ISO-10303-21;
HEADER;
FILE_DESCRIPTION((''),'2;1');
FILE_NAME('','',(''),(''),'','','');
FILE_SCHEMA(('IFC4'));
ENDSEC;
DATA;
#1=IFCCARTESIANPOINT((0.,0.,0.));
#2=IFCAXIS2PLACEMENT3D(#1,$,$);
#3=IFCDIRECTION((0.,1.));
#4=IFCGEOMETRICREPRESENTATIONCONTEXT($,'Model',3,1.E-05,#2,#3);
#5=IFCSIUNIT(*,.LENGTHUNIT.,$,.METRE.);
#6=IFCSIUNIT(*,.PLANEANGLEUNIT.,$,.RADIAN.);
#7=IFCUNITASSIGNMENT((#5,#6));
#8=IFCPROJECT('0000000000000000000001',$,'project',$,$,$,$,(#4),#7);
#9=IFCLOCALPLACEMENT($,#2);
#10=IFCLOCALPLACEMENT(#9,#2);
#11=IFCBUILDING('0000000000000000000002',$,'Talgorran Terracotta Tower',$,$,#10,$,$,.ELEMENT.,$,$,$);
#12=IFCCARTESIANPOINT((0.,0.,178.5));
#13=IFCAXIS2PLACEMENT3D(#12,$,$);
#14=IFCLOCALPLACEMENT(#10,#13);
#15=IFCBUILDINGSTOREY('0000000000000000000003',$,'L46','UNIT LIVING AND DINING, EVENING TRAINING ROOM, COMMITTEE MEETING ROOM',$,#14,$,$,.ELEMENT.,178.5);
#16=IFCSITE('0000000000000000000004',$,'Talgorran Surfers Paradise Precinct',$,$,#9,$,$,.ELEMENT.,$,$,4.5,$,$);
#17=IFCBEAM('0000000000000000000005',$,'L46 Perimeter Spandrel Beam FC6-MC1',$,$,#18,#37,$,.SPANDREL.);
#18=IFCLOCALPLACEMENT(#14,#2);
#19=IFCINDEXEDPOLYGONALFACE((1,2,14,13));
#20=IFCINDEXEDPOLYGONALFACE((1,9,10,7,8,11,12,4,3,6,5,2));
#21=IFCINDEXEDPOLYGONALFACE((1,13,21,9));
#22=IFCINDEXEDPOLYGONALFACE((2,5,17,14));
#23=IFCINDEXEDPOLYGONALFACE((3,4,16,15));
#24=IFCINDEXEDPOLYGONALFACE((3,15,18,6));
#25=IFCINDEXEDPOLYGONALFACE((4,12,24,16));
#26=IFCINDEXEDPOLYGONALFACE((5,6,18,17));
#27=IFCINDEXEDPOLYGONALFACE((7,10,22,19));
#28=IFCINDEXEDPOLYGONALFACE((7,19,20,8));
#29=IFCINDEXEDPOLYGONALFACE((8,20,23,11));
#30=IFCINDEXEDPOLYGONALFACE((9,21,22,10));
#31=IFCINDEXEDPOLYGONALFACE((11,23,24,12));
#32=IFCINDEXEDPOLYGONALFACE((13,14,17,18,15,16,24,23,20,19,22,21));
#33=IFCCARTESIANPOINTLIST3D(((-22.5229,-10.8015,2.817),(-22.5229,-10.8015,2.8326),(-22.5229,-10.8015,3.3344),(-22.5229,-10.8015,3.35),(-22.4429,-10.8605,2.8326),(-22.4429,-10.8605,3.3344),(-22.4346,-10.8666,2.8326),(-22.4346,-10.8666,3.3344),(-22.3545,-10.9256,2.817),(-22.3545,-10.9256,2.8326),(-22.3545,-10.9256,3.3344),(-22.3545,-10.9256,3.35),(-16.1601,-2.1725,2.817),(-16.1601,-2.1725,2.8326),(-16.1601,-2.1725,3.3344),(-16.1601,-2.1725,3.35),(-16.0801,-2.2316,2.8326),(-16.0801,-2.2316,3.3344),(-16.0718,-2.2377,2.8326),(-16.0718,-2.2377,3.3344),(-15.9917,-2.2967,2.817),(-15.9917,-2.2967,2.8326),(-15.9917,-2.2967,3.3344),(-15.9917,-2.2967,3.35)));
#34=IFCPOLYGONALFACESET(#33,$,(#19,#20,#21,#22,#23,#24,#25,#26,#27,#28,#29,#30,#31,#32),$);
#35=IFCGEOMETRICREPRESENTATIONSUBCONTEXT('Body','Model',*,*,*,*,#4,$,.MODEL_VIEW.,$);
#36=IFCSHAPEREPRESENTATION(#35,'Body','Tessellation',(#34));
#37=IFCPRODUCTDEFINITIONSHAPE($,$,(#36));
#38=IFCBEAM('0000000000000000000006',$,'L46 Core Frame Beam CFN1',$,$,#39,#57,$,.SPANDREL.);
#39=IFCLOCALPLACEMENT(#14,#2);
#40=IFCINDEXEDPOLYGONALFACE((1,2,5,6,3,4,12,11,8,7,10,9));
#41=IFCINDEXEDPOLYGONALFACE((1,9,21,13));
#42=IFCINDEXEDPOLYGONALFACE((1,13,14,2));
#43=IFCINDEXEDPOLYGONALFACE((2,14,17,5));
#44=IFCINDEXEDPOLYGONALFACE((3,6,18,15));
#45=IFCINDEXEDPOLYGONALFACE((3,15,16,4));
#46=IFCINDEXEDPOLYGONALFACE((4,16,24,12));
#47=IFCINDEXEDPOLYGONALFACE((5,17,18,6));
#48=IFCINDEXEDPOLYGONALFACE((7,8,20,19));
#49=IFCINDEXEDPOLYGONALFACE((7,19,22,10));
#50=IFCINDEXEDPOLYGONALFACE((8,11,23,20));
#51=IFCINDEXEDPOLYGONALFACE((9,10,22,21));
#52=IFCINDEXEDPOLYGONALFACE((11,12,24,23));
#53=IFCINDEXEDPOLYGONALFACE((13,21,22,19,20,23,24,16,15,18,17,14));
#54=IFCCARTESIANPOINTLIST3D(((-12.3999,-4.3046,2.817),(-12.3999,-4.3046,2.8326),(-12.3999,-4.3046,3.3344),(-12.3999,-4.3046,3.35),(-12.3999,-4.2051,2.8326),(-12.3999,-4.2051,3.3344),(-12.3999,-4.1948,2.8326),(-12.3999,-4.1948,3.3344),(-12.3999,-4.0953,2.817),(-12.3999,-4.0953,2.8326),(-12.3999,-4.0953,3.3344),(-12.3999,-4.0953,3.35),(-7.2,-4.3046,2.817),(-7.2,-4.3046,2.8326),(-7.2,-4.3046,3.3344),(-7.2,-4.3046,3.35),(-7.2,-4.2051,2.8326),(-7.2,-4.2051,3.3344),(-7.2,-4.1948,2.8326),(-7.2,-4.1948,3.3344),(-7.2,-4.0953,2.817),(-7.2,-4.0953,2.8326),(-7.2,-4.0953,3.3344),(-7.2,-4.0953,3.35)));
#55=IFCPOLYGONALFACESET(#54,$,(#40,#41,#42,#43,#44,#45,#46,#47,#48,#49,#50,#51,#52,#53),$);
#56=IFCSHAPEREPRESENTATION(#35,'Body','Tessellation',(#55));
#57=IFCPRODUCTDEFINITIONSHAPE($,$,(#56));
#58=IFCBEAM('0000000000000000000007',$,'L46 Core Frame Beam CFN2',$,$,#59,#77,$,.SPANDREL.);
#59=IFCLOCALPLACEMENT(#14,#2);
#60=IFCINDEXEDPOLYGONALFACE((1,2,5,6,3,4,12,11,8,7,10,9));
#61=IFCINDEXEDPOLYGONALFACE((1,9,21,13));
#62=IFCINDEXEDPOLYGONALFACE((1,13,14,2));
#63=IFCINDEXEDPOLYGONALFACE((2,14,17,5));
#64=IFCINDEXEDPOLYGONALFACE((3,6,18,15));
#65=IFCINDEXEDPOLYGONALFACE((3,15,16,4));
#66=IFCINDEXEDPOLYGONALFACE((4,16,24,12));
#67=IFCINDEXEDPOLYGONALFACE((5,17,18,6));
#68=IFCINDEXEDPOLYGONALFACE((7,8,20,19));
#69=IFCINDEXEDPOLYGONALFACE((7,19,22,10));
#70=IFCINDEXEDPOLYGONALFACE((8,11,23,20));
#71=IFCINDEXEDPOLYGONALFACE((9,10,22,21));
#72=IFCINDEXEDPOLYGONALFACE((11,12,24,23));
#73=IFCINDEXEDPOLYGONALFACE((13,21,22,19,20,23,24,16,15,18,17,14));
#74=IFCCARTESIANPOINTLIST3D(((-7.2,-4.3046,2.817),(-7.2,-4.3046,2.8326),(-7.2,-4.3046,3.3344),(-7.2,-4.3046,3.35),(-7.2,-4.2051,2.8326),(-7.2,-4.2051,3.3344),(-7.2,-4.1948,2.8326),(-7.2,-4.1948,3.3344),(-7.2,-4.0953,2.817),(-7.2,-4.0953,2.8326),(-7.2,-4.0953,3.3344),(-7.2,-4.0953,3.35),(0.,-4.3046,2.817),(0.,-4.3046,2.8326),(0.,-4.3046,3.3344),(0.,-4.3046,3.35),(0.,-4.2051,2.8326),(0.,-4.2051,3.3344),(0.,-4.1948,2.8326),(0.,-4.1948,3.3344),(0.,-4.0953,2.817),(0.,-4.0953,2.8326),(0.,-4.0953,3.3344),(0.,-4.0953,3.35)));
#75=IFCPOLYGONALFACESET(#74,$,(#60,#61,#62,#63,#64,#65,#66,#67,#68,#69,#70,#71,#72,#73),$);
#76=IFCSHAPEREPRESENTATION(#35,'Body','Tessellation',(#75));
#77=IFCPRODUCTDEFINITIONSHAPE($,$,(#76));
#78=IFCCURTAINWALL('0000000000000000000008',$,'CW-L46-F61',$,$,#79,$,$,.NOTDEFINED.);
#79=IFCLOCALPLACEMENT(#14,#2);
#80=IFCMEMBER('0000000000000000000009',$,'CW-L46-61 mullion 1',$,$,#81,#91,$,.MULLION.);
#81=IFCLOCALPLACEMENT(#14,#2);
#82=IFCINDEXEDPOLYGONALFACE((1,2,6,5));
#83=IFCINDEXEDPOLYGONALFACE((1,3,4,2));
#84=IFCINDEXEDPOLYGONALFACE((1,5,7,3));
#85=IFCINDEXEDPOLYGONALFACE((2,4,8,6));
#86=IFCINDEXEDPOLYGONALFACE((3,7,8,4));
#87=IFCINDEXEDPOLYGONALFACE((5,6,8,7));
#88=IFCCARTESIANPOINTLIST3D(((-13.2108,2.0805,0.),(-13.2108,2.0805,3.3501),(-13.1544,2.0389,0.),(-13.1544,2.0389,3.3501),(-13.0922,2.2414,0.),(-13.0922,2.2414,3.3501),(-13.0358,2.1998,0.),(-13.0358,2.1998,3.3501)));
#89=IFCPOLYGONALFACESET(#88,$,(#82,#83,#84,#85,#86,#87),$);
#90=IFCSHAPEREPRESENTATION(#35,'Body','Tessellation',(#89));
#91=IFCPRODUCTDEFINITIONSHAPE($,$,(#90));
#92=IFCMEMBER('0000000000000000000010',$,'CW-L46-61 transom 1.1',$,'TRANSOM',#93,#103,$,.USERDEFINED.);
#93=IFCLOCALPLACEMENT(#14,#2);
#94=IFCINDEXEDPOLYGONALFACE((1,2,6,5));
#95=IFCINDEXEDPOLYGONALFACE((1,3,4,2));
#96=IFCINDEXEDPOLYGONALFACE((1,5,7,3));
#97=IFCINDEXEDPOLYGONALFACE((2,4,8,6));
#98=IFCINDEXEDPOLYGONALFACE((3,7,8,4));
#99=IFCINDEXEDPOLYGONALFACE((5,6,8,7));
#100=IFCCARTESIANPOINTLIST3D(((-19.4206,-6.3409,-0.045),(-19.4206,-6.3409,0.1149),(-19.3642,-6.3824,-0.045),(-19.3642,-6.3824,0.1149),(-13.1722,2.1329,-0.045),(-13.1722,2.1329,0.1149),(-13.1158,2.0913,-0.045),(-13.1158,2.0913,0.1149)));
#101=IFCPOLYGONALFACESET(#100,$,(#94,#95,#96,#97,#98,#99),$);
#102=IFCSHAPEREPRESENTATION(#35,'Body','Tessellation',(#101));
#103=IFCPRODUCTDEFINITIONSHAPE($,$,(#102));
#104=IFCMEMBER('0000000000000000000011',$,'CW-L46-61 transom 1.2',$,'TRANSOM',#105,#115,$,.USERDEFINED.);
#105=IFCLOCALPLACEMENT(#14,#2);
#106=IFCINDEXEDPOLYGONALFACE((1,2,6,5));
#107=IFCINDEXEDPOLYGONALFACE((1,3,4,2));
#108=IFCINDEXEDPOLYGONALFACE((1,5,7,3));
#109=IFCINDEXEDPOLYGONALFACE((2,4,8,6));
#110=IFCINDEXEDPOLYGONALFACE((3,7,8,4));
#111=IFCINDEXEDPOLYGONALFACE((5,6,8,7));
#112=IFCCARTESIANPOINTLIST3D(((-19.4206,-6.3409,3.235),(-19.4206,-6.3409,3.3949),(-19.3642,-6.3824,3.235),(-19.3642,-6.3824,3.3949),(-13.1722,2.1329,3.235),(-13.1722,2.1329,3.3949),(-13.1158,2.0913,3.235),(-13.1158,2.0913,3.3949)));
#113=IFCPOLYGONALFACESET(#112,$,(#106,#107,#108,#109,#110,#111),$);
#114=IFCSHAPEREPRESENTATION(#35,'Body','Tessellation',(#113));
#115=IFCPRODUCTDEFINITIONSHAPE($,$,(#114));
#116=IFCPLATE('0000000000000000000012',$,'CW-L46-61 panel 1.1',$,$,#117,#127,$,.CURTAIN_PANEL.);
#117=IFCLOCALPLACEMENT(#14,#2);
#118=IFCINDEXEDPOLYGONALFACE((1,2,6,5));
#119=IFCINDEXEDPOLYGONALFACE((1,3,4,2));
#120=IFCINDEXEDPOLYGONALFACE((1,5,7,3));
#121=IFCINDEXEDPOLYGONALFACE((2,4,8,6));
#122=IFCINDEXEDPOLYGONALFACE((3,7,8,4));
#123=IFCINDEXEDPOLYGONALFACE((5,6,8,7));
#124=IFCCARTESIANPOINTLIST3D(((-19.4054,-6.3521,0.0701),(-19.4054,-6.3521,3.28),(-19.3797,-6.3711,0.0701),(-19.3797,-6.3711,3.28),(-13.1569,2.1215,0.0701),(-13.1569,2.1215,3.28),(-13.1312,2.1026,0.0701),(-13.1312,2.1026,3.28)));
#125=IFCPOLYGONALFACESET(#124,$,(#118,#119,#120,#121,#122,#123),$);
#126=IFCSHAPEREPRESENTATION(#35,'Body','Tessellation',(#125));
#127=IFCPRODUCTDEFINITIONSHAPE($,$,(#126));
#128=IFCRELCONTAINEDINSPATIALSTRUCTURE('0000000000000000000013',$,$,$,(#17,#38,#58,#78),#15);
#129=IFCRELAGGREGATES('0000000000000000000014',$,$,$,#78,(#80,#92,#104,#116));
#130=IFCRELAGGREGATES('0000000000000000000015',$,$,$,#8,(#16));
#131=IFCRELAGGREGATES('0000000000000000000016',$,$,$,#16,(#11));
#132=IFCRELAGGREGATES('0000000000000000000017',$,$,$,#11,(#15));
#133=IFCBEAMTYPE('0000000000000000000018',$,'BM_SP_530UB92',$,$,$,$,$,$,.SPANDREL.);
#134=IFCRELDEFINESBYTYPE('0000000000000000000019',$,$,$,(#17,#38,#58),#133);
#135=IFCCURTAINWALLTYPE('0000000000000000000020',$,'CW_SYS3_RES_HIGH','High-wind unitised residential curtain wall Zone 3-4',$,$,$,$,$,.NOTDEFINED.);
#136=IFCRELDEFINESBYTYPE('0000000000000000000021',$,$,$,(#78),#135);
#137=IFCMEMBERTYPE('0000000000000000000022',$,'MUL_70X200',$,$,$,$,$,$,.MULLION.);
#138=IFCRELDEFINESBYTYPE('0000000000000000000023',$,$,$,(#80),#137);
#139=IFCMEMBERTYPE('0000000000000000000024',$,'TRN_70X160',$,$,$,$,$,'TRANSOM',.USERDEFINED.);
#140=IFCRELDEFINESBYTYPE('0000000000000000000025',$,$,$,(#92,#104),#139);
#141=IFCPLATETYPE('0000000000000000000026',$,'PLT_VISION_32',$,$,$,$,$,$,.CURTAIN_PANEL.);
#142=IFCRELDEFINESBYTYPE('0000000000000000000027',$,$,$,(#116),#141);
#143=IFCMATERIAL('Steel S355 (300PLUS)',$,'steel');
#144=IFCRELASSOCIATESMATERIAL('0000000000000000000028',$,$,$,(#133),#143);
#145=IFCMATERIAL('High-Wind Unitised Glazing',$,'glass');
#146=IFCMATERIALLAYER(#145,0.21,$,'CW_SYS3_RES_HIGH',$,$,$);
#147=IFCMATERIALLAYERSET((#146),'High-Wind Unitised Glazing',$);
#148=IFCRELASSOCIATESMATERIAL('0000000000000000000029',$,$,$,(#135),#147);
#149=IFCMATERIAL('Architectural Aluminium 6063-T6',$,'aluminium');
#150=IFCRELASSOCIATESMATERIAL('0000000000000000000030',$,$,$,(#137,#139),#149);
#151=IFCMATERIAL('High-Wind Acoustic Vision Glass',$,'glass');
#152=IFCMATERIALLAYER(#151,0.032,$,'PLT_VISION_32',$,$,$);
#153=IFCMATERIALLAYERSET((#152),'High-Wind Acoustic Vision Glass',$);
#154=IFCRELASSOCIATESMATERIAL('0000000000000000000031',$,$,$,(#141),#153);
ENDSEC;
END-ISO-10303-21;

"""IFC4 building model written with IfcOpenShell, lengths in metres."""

from ifc_helpers import new_model, si_unit, direction, frame, origin, origin_2d, place, context, subcontext, project, spatial, rectangle, i_section, extrude, source, transform, mapped, material, layer, layer_set, material_profile, profile_set, type_object, type_shapes, element, aggregate, save


model = new_model("IFC4")

# Units and contexts
model_context = context("Model", 3, precision=1e-05, world=origin(), true_north=direction((0.0, 1.0)))
body_context = subcontext(model_context, "Body", "Model", "MODEL_VIEW")
ifc_project = project(units=[si_unit("LENGTHUNIT", "METRE"), si_unit("PLANEANGLEUNIT", "RADIAN")], contexts=[model_context])

# Site, building, storey
site_placement = place(None, origin())
site = spatial("IfcSite", under=ifc_project, at=site_placement, Name="Talgorran Surfers Paradise Precinct", CompositionType="ELEMENT", RefElevation=4.5)
building_placement = place(site_placement, origin())
building = spatial("IfcBuilding", under=site, at=building_placement, Name="Talgorran Terracotta Tower", CompositionType="ELEMENT")
storey_placement = place(building_placement, frame((0.0, 0.0, 178.5)))
storey = spatial("IfcBuildingStorey", under=building, at=storey_placement, Name="L46", Description="UNIT LIVING AND DINING, EVENING TRAINING ROOM, COMMITTEE MEETING ROOM", CompositionType="ELEMENT", Elevation=178.5)

# Shared definitions
ifc_material_1 = material(Name="Steel S355 (300PLUS)", Category="steel")

# Beams
ifc_material_profile_1 = material_profile(ifc_material_1, i_section(OverallWidth=0.2092, OverallDepth=0.533, WebThickness=0.0103, FlangeThickness=0.0156, at=origin_2d()), Name="530UB92.4")
ifc_profile_set_1 = profile_set([ifc_material_profile_1], Name="Steel S355 (300PLUS)")
beam_type_1 = type_object("IfcBeamType", Name="BM_SP_530UB92", PredefinedType="SPANDREL", material=ifc_profile_set_1)
beam_1_placement = place(storey_placement, frame((-16.0759, -2.2346, 3.0835), z_axis=(-0.59348, -0.804849, 0.0), x_axis=(0.804849, -0.59348, 0.0)))
element("IfcBeam", 1, at=beam_1_placement, inside=storey, type_object=beam_type_1, Name="L46 Perimeter Spandrel Beam FC6-MC1", PredefinedType="SPANDREL", context=body_context, shape_type="SweptSolid", body=[
    extrude(i_section(OverallWidth=0.2092, OverallDepth=0.533, WebThickness=0.0103, FlangeThickness=0.0156, at=origin_2d()), origin(), (0.0, 0.0, 1.0), 10.7212),
])
beam_2_placement = place(storey_placement, frame((-12.3999, -4.2, 3.0835), z_axis=(1.0, 0.0, 0.0), x_axis=(0.0, 1.0, 0.0)))
element("IfcBeam", 2, at=beam_2_placement, inside=storey, type_object=beam_type_1, Name="L46 Core Frame Beam CFN1", PredefinedType="SPANDREL", context=body_context, shape_type="SweptSolid", body=[
    extrude(i_section(OverallWidth=0.2092, OverallDepth=0.533, WebThickness=0.0103, FlangeThickness=0.0156, at=origin_2d()), origin(), (0.0, 0.0, 1.0), 5.2),
])
beam_3_placement = place(storey_placement, frame((-7.2, -4.2, 3.0835), z_axis=(1.0, 0.0, 0.0), x_axis=(0.0, 1.0, 0.0)))
element("IfcBeam", 3, at=beam_3_placement, inside=storey, type_object=beam_type_1, Name="L46 Core Frame Beam CFN2", PredefinedType="SPANDREL", context=body_context, shape_type="SweptSolid", body=[
    extrude(i_section(OverallWidth=0.2092, OverallDepth=0.533, WebThickness=0.0103, FlangeThickness=0.0156, at=origin_2d()), origin(), (0.0, 0.0, 1.0), 7.2),
])

# Curtain wall, members, plate
ifc_material_2 = material(Name="High-Wind Unitised Glazing", Category="glass")
ifc_layer_1 = layer(ifc_material_2, 0.21, Name="CW_SYS3_RES_HIGH")
ifc_layer_set_1 = layer_set([ifc_layer_1], Name="High-Wind Unitised Glazing")
curtain_wall_type = type_object("IfcCurtainWallType", Name="CW_SYS3_RES_HIGH", Description="High-wind unitised residential curtain wall Zone 3-4", PredefinedType="NOTDEFINED", material=ifc_layer_set_1)
curtain_wall_placement = place(storey_placement, origin())
curtain_wall = element("IfcCurtainWall", 4, at=curtain_wall_placement, inside=storey, type_object=curtain_wall_type, Name="CW-L46-F61", PredefinedType="NOTDEFINED")
ifc_material_3 = material(Name="Architectural Aluminium 6063-T6", Category="aluminium")
ifc_material_profile_2 = material_profile(ifc_material_3, rectangle(XDim=0.0701, YDim=0.2, at=origin_2d()), Name="CWM70X200")
ifc_profile_set_2 = profile_set([ifc_material_profile_2], Name="Architectural Aluminium 6063-T6")
member_type_1 = type_object("IfcMemberType", Name="MUL_70X200", PredefinedType="MULLION", material=ifc_profile_set_2)
member_1_placement = place(storey_placement, frame((-13.1233, 2.1401, 0.0), z_axis=(0.0, 0.0, 1.0), x_axis=(0.80484, -0.593492, 0.0)))
member_1 = element("IfcMember", 5, at=member_1_placement, type_object=member_type_1, Name="CW-L46-61 mullion 1", PredefinedType="MULLION", context=body_context, shape_type="SweptSolid", body=[
    extrude(rectangle(XDim=0.0701, YDim=0.2, at=origin_2d()), origin(), (0.0, 0.0, 1.0), 3.3501),
])
ifc_material_profile_3 = material_profile(ifc_material_3, rectangle(XDim=0.0701, YDim=0.1599, at=origin_2d()), Name="CWT70X160")
ifc_profile_set_3 = profile_set([ifc_material_profile_3], Name="Architectural Aluminium 6063-T6")
member_type_2 = type_object("IfcMemberType", Name="TRN_70X160", ElementType="TRANSOM", PredefinedType="USERDEFINED", material=ifc_profile_set_3)
member_2_placement = place(storey_placement, frame((-13.144, 2.1121, 0.0349), z_axis=(-0.59348, -0.804849, 0.0), x_axis=(0.804849, -0.59348, 0.0)))
member_2 = element("IfcMember", 6, at=member_2_placement, type_object=member_type_2, Name="CW-L46-61 transom 1.1", ObjectType="TRANSOM", PredefinedType="USERDEFINED", context=body_context, shape_type="SweptSolid", body=[
    extrude(rectangle(XDim=0.0701, YDim=0.1599, at=origin_2d()), origin(), (0.0, 0.0, 1.0), 10.5283),
])
member_3_placement = place(storey_placement, frame((-13.144, 2.1121, 3.3149), z_axis=(-0.59348, -0.804849, 0.0), x_axis=(0.804849, -0.59348, 0.0)))
member_3 = element("IfcMember", 7, at=member_3_placement, type_object=member_type_2, Name="CW-L46-61 transom 1.2", ObjectType="TRANSOM", PredefinedType="USERDEFINED", context=body_context, shape_type="SweptSolid", body=[
    extrude(rectangle(XDim=0.0701, YDim=0.1599, at=origin_2d()), origin(), (0.0, 0.0, 1.0), 10.5283),
])
ifc_material_4 = material(Name="High-Wind Acoustic Vision Glass", Category="glass")
ifc_layer_2 = layer(ifc_material_4, 0.032, Name="PLT_VISION_32")
ifc_layer_set_2 = layer_set([ifc_layer_2], Name="High-Wind Acoustic Vision Glass")
plate_type = type_object("IfcPlateType", Name="PLT_VISION_32", PredefinedType="CURTAIN_PANEL", material=ifc_layer_set_2)
shared_shape = source(origin(), body_context, "Body", "SweptSolid", [
    extrude(rectangle(XDim=10.5283, YDim=0.032, at=origin_2d()), origin(), (0.0, 0.0, 1.0), 3.21),
])
type_shapes(plate_type, [shared_shape])
plate_placement = place(storey_placement, frame((-16.2683, -2.1248, 0.0701), z_axis=(0.0, 0.0, 1.0), x_axis=(-0.593492, -0.80484, 0.0)))
plate = element("IfcPlate", 8, at=plate_placement, type_object=plate_type, Name="CW-L46-61 panel 1.1", PredefinedType="CURTAIN_PANEL", context=body_context, shape_type="MappedRepresentation", body=[
    mapped(shared_shape, transform((0.0, 0.0, 0.0), scale=1.0)),
])
aggregate(curtain_wall, [member_1, member_2, member_3, plate])

save(model, "model.ifc")
